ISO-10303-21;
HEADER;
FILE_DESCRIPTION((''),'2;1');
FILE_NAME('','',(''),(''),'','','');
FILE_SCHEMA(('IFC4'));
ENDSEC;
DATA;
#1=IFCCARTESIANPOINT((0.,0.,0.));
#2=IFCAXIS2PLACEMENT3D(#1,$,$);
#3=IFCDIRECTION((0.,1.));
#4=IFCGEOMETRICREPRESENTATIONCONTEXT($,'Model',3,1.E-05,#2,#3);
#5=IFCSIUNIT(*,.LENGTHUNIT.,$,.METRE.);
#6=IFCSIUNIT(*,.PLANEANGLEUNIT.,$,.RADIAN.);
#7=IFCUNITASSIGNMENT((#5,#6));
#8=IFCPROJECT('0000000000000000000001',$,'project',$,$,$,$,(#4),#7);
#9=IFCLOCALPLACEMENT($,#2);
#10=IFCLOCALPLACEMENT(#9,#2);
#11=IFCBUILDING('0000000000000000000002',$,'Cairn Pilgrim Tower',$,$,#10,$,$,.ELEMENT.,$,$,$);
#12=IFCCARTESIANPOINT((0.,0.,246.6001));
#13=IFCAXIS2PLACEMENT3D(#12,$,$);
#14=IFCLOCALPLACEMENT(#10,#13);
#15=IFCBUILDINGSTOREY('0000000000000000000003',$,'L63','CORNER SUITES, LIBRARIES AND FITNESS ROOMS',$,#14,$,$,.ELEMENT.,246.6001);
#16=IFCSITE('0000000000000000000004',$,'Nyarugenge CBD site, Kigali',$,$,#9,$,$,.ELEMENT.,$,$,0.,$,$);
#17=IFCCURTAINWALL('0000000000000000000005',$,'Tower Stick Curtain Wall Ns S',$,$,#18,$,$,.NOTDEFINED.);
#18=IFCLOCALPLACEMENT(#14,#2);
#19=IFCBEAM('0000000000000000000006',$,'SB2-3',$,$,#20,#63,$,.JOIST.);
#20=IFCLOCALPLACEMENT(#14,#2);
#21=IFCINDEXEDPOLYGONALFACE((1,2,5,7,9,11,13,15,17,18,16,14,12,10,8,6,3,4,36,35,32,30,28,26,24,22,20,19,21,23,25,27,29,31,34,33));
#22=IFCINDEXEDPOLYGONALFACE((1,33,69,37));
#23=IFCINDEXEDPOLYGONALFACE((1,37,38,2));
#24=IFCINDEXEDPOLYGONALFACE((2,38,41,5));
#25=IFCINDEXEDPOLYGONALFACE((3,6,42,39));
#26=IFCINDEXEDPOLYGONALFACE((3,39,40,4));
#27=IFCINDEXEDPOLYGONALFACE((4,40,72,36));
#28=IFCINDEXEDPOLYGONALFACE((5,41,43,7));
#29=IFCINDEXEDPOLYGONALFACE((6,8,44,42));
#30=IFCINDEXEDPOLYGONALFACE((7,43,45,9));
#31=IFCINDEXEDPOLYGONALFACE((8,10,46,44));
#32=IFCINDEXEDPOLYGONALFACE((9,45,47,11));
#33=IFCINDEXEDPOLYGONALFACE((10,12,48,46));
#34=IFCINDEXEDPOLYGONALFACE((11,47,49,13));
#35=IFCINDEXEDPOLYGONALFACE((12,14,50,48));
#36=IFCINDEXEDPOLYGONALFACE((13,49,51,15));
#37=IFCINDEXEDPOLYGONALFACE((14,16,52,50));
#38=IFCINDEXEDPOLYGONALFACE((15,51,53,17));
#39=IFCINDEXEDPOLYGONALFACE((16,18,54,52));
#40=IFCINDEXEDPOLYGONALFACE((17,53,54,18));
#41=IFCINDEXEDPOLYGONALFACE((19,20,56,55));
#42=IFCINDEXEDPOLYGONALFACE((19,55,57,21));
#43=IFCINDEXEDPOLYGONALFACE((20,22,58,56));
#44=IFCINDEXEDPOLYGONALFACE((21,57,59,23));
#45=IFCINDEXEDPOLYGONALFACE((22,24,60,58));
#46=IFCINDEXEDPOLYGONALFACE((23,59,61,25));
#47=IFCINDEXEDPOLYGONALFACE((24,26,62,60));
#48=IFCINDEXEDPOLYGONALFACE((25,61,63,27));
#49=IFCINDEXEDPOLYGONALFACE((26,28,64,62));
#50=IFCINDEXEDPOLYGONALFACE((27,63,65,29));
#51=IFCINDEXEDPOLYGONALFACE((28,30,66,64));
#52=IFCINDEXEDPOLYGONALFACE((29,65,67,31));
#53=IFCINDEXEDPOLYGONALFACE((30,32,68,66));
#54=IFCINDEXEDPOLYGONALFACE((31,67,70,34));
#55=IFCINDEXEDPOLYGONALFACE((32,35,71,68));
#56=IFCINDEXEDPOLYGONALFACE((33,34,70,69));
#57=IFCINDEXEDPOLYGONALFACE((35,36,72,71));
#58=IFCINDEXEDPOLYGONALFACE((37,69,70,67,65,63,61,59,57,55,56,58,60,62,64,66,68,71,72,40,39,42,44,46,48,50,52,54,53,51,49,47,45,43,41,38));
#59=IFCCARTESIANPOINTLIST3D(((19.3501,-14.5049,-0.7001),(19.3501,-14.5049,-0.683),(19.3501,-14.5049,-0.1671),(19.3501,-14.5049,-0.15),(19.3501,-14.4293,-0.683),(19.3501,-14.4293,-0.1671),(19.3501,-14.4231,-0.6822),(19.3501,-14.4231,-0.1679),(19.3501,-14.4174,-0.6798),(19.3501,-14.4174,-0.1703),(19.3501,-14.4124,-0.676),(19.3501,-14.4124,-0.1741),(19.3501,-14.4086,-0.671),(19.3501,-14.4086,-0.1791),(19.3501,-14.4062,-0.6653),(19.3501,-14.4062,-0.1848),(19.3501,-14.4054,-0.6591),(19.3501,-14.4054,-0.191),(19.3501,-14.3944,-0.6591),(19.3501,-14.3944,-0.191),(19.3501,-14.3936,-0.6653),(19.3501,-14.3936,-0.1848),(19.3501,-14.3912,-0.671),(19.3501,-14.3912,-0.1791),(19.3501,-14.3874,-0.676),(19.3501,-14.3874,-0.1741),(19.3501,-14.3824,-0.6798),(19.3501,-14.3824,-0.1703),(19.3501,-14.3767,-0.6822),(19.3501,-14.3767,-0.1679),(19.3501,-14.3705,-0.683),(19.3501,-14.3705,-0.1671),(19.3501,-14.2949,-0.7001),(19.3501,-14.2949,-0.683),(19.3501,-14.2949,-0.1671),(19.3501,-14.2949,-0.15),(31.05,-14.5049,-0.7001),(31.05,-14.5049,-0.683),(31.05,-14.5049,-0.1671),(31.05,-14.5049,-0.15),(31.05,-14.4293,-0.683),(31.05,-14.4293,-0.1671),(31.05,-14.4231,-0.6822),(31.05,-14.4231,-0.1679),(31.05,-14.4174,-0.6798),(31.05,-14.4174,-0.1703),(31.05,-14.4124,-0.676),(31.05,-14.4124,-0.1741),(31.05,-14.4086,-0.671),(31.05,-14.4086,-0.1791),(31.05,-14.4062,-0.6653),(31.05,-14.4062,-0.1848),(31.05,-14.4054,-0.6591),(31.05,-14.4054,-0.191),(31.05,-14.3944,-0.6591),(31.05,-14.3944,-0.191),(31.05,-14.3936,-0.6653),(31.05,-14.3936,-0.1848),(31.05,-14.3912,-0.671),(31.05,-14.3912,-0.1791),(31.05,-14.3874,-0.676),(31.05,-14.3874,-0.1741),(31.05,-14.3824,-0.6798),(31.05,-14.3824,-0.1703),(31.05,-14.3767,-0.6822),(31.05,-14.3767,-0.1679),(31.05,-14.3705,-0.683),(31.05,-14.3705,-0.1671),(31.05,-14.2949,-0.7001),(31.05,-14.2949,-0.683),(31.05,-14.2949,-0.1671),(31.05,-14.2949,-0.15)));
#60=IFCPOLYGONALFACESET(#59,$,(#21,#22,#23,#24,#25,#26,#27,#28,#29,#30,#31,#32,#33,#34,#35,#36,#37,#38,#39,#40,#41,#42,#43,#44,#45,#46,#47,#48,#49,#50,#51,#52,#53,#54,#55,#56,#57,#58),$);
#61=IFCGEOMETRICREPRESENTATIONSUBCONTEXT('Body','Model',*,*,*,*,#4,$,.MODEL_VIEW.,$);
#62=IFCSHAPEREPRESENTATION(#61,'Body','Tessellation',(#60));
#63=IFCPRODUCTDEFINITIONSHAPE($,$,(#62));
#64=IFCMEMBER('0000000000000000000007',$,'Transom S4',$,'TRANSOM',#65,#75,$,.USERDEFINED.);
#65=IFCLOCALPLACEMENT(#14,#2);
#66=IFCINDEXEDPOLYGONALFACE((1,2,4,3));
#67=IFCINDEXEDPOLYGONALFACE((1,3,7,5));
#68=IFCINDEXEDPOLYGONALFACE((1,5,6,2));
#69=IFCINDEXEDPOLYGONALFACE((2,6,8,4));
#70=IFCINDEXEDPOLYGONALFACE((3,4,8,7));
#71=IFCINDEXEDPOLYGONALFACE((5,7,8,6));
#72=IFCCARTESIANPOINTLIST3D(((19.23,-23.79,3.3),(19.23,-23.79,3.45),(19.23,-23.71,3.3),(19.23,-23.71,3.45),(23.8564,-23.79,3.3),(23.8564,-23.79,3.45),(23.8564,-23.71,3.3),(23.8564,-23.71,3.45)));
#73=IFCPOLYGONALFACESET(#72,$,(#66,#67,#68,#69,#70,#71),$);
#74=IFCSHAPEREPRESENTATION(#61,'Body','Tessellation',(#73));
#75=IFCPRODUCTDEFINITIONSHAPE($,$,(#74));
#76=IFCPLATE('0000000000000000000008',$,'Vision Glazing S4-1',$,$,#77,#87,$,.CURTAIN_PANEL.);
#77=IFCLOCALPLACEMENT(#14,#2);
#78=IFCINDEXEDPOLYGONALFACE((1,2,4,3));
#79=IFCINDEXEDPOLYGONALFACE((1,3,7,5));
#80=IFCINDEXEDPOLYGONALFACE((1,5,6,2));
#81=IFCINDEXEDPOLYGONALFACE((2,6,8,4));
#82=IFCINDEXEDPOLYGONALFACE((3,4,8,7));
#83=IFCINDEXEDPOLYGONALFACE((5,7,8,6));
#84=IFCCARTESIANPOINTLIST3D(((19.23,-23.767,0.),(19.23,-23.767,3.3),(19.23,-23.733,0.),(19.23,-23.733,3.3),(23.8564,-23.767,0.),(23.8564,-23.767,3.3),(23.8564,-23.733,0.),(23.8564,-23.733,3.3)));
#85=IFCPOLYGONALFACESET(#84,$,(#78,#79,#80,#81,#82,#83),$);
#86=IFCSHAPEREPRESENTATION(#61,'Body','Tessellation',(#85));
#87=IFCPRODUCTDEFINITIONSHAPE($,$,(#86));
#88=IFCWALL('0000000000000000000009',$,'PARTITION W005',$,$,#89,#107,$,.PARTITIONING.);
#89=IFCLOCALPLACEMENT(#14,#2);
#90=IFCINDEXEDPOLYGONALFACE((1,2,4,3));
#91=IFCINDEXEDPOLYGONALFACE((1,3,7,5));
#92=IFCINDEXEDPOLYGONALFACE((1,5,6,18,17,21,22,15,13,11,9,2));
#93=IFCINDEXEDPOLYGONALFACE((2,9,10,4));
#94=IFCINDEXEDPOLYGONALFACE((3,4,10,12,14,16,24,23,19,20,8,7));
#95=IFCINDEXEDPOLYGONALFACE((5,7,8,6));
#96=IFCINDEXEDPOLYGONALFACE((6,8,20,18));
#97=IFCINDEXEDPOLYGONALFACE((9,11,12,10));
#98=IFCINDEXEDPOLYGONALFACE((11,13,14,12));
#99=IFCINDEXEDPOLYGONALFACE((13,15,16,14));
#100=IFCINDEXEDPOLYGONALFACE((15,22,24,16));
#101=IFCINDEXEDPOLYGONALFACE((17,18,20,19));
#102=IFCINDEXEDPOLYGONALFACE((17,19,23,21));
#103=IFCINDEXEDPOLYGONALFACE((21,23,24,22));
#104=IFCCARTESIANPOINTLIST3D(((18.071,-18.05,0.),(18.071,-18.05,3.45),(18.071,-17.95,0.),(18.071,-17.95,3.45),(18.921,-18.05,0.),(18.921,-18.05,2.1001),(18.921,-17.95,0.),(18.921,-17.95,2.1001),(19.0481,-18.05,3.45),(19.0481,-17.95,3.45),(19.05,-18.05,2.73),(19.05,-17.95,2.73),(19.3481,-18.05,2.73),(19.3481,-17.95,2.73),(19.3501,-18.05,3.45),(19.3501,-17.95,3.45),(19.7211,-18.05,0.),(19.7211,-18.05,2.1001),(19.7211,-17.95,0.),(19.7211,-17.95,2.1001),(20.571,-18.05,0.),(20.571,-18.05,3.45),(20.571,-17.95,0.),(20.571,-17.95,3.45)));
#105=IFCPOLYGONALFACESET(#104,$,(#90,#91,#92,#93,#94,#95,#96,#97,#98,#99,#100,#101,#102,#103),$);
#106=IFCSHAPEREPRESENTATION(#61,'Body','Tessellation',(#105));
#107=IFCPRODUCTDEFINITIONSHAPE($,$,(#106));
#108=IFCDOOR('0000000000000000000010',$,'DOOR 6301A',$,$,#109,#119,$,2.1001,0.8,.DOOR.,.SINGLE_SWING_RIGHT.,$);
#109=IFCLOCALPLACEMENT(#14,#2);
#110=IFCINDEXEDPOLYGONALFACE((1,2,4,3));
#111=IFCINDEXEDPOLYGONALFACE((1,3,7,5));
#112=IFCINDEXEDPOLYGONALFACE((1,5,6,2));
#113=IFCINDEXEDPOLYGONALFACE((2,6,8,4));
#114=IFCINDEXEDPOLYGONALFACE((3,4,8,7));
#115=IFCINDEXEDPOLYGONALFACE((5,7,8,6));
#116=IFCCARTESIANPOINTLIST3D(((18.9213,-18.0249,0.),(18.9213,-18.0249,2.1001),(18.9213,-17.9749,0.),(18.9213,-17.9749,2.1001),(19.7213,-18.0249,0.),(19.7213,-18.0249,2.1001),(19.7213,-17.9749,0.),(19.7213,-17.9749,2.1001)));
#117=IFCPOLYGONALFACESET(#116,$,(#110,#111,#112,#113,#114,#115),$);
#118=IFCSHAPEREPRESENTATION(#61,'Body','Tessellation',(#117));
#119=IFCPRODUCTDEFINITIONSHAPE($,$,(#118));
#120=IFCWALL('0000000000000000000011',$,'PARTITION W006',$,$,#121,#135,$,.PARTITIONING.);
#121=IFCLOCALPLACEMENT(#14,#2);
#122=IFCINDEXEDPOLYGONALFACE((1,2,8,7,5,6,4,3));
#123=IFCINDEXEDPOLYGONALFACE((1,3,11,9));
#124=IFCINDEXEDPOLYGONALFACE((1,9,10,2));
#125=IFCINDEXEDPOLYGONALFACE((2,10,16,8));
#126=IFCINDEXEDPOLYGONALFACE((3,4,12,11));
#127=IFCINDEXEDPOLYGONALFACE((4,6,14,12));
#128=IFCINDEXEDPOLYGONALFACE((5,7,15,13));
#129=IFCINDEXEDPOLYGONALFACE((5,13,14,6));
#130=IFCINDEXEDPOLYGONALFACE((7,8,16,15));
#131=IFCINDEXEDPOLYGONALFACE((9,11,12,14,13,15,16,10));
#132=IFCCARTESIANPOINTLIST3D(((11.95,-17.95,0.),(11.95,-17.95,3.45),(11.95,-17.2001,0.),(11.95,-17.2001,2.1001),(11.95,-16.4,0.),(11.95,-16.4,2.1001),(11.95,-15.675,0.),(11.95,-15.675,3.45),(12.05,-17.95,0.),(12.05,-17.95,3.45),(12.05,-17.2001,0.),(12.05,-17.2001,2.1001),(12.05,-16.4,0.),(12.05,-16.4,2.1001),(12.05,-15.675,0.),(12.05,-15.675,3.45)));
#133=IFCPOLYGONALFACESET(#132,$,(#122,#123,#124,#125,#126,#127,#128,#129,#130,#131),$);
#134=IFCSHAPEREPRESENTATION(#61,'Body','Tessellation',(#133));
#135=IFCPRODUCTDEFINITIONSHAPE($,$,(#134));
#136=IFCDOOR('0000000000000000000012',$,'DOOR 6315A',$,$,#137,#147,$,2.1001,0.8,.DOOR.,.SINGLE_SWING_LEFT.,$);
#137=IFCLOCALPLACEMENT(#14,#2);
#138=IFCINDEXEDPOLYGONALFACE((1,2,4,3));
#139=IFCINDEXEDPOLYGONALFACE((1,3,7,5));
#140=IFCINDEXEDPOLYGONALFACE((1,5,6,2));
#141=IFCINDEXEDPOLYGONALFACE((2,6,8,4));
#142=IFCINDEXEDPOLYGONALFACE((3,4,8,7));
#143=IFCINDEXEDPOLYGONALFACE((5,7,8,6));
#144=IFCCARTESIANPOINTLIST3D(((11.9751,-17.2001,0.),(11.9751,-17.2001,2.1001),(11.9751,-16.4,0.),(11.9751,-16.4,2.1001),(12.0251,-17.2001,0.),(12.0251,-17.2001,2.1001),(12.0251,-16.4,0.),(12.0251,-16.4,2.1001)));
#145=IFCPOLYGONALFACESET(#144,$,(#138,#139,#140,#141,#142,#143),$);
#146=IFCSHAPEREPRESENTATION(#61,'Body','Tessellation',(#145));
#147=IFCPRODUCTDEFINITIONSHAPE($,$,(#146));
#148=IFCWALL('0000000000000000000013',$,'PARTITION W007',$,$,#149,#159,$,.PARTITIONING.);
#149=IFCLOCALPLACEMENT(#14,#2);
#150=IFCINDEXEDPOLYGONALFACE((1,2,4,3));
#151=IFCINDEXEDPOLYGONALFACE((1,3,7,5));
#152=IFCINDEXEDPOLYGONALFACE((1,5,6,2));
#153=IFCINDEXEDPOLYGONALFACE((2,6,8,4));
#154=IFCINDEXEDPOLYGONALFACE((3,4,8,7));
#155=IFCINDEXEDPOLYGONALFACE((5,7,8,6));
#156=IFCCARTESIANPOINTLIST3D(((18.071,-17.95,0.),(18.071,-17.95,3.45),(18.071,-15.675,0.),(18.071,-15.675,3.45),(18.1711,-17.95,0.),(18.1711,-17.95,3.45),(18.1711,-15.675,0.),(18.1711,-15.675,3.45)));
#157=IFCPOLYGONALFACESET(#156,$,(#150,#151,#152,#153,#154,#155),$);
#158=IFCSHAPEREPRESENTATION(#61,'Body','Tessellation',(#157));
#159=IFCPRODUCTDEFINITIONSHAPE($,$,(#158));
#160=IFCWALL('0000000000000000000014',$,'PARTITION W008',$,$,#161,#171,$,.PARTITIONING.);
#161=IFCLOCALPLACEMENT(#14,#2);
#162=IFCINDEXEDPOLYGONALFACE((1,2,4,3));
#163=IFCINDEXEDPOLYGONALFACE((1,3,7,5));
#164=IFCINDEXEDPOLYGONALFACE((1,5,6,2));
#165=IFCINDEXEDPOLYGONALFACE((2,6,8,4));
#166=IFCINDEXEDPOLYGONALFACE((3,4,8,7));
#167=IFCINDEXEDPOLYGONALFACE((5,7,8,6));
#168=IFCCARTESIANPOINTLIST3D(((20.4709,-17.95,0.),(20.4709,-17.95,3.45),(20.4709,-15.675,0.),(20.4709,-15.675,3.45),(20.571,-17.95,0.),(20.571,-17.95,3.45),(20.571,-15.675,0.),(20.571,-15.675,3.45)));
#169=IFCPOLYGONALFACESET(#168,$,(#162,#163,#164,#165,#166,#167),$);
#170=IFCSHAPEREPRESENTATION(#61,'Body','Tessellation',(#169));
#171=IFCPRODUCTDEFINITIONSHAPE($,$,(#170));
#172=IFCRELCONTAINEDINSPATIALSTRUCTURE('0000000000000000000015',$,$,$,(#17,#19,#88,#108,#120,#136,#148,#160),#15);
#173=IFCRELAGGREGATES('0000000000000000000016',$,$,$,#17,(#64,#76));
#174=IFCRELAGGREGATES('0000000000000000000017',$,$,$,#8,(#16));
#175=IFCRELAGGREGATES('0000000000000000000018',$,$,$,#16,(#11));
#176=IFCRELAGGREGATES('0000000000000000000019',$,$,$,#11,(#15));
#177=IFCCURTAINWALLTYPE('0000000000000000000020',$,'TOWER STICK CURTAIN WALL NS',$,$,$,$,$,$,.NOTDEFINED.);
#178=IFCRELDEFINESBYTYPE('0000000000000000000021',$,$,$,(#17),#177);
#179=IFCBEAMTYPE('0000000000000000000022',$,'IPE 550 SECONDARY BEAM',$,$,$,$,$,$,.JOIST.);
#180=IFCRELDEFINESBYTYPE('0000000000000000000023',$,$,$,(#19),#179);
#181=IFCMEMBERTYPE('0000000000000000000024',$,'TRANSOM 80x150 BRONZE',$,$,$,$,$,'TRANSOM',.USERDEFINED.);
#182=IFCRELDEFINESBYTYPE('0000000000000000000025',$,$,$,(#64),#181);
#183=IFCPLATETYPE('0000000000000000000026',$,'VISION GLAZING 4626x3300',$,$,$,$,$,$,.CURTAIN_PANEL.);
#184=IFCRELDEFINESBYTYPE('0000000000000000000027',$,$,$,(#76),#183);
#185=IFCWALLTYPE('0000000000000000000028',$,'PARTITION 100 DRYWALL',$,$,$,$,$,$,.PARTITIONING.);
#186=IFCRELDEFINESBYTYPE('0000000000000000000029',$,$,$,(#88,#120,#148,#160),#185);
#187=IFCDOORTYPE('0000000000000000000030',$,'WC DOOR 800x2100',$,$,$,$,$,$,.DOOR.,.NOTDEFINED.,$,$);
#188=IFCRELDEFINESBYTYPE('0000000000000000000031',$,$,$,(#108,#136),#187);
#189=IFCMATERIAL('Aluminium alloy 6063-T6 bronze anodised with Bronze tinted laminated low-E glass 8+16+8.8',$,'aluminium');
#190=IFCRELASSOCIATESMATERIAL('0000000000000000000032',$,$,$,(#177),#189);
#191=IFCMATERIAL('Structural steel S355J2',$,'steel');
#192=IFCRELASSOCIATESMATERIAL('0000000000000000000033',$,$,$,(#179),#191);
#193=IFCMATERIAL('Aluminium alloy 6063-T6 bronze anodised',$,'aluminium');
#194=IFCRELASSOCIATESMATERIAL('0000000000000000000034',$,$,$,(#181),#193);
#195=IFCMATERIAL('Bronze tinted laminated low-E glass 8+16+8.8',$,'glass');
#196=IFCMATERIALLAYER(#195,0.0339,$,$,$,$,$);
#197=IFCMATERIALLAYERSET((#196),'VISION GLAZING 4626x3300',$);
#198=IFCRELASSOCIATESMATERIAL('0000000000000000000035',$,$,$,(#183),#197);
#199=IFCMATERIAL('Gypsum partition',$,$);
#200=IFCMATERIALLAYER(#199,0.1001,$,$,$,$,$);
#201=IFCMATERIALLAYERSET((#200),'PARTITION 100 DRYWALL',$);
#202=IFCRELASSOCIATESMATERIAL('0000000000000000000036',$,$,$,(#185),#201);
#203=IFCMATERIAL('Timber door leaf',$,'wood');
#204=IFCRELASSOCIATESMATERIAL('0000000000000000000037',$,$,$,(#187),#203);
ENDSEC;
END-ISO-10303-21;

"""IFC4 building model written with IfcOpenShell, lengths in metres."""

from ifc_helpers import new_model, si_unit, direction, frame, frame_2d, origin, origin_2d, place, context, subcontext, project, spatial, polyline, rectangle, i_section, outline, extrude, material, layer, layer_set, material_profile, profile_set, type_object, element, fill, aggregate, save


model = new_model("IFC4")

# Units and contexts
model_context = context("Model", 3, precision=1e-05, world=origin(), true_north=direction((0.0, 1.0)))
body_context = subcontext(model_context, "Body", "Model", "MODEL_VIEW")
ifc_project = project(units=[si_unit("LENGTHUNIT", "METRE"), si_unit("PLANEANGLEUNIT", "RADIAN")], contexts=[model_context])

# Site, building, storey
site_placement = place(None, origin())
site = spatial("IfcSite", under=ifc_project, at=site_placement, Name="Nyarugenge CBD site, Kigali", CompositionType="ELEMENT", RefElevation=0.0)
building_placement = place(site_placement, origin())
building = spatial("IfcBuilding", under=site, at=building_placement, Name="Cairn Pilgrim Tower", CompositionType="ELEMENT")
storey_placement = place(building_placement, frame((0.0, 0.0, 246.6001)))
storey = spatial("IfcBuildingStorey", under=building, at=storey_placement, Name="L63", Description="CORNER SUITES, LIBRARIES AND FITNESS ROOMS", CompositionType="ELEMENT", Elevation=246.6001)

# Curtain wall
ifc_material_1 = material(Name="Aluminium alloy 6063-T6 bronze anodised with Bronze tinted laminated low-E glass 8+16+8.8", Category="aluminium")
curtain_wall_type_1 = type_object("IfcCurtainWallType", Name="TOWER STICK CURTAIN WALL NS", PredefinedType="NOTDEFINED", material=ifc_material_1)
curtain_wall_1_placement = place(storey_placement, origin())
curtain_wall_1 = element("IfcCurtainWall", 1, at=curtain_wall_1_placement, inside=storey, type_object=curtain_wall_type_1, Name="Tower Stick Curtain Wall Ns S", PredefinedType="NOTDEFINED")
ifc_material_2 = material(Name="Aluminium alloy 6063-T6 bronze anodised", Category="aluminium")

# Beam
ifc_material_3 = material(Name="Structural steel S355J2", Category="steel")
ifc_material_profile_1 = material_profile(ifc_material_3, i_section(OverallWidth=0.21, OverallDepth=0.55, WebThickness=0.011, FlangeThickness=0.0171, FilletRadius=0.0239, at=origin_2d()), Name="IPE 550")
ifc_profile_set_1 = profile_set([ifc_material_profile_1], Name="Structural steel S355J2")
beam_type_1 = type_object("IfcBeamType", Name="IPE 550 SECONDARY BEAM", PredefinedType="JOIST", material=ifc_profile_set_1)
beam_1_placement = place(storey_placement, frame((19.3501, -14.3999, -0.425), z_axis=(1.0, 0.0, 0.0), x_axis=(0.0, 1.0, 0.0)))
element("IfcBeam", 2, at=beam_1_placement, inside=storey, type_object=beam_type_1, Name="SB2-3", PredefinedType="JOIST", context=body_context, shape_type="SweptSolid", body=[
    extrude(i_section(OverallWidth=0.21, OverallDepth=0.55, WebThickness=0.011, FlangeThickness=0.0171, FilletRadius=0.0239, at=origin_2d()), origin(), (0.0, 0.0, 1.0), 11.7),
])

# Member
ifc_material_profile_2 = material_profile(ifc_material_2, rectangle(XDim=0.0801, YDim=0.1499, at=origin_2d()), Name="TRANSOM 80x150 BRONZE")
ifc_profile_set_2 = profile_set([ifc_material_profile_2], Name="Aluminium alloy 6063-T6 bronze anodised")
member_type_1 = type_object("IfcMemberType", Name="TRANSOM 80x150 BRONZE", ElementType="TRANSOM", PredefinedType="USERDEFINED", material=ifc_profile_set_2)
member_1_placement = place(storey_placement, frame((19.23, -23.75, 3.375), z_axis=(1.0, 0.0, 0.0), x_axis=(0.0, 1.0, 0.0)))
member_1 = element("IfcMember", 3, at=member_1_placement, type_object=member_type_1, Name="Transom S4", ObjectType="TRANSOM", PredefinedType="USERDEFINED", context=body_context, shape_type="SweptSolid", body=[
    extrude(rectangle(XDim=0.0801, YDim=0.1499, at=origin_2d()), origin(), (0.0, 0.0, 1.0), 4.6265),
])

# Plate
ifc_material_4 = material(Name="Bronze tinted laminated low-E glass 8+16+8.8", Category="glass")
ifc_layer_1 = layer(ifc_material_4, 0.0339)
ifc_layer_set_1 = layer_set([ifc_layer_1], Name="VISION GLAZING 4626x3300")
plate_type = type_object("IfcPlateType", Name="VISION GLAZING 4626x3300", PredefinedType="CURTAIN_PANEL", material=ifc_layer_set_1)
plate_placement = place(storey_placement, frame((21.5432, -23.75, 0.0), z_axis=(0.0, 0.0, 1.0), x_axis=(1.0, 0.0, 0.0)))
plate = element("IfcPlate", 4, at=plate_placement, type_object=plate_type, Name="Vision Glazing S4-1", PredefinedType="CURTAIN_PANEL", context=body_context, shape_type="SweptSolid", body=[
    extrude(rectangle(XDim=4.6265, YDim=0.0339, at=origin_2d()), origin(), (0.0, 0.0, 1.0), 3.3),
])
aggregate(curtain_wall_1, [member_1, plate])

# Walls, openings, doors
ifc_material_5 = material(Name="Gypsum partition")
ifc_layer_2 = layer(ifc_material_5, 0.1001)
ifc_layer_set_2 = layer_set([ifc_layer_2], Name="PARTITION 100 DRYWALL")
wall_type_1 = type_object("IfcWallType", Name="PARTITION 100 DRYWALL", PredefinedType="PARTITIONING", material=ifc_layer_set_2)
wall_1_placement = place(storey_placement, frame((18.071, -18.0, 0.0), z_axis=(0.0, 0.0, 1.0), x_axis=(1.0, 0.0, 0.0)))
wall_1 = element("IfcWall", 5, at=wall_1_placement, inside=storey, type_object=wall_type_1, Name="PARTITION W005", PredefinedType="PARTITIONING", context=body_context, shape_type="SweptSolid", body=[
    extrude(outline(polyline([(0.0, 0.0), (2.5, 0.0), (2.5, 3.45), (1.2791, 3.45), (1.2771, 2.73), (0.979, 2.73), (0.9771, 3.45), (0.0, 3.45), (0.0, 0.0)])), frame((0.0, 0.05, 0.0), z_axis=(0.0, -1.0, 0.0), x_axis=(1.0, 0.0, 0.0)), (0.0, 0.0, 1.0), 0.1001),
])
opening_1_placement = place(wall_1_placement, frame((0.8501, 0.0, 0.0)))
opening_1 = element("IfcOpeningElement", 6, at=opening_1_placement, cuts=wall_1, PredefinedType="OPENING", context=body_context, shape_type="SweptSolid", body=[
    extrude(rectangle(XDim=0.8, YDim=2.1001, at=frame_2d((0.3999, 1.05))), frame((0.0, 0.0601, 0.0), z_axis=(0.0, -1.0, 0.0), x_axis=(1.0, 0.0, 0.0)), (0.0, 0.0, 1.0), 0.1201),
])
ifc_material_6 = material(Name="Timber door leaf", Category="wood")
door_type_1 = type_object("IfcDoorType", Name="WC DOOR 800x2100", OperationType="NOTDEFINED", PredefinedType="DOOR", material=ifc_material_6)
door_1_placement = place(opening_1_placement, frame((0.8, 0.0, 0.0), z_axis=(0.0, 0.0, 1.0), x_axis=(-1.0, 0.0, 0.0)))
door_1 = element("IfcDoor", 7, at=door_1_placement, inside=storey, type_object=door_type_1, Name="DOOR 6301A", OperationType="SINGLE_SWING_RIGHT", OverallHeight=2.1001, OverallWidth=0.8, PredefinedType="DOOR", context=body_context, shape_type="SweptSolid", body=[
    extrude(rectangle(XDim=0.8, YDim=2.1001, at=frame_2d((0.3999, 1.05))), frame((0.0, 0.0249, 0.0), z_axis=(0.0, -1.0, 0.0), x_axis=(1.0, 0.0, 0.0)), (0.0, 0.0, 1.0), 0.05),
])
fill(opening_1, door_1)
wall_2_placement = place(storey_placement, frame((12.0, -17.95, 0.0), z_axis=(0.0, 0.0, 1.0), x_axis=(0.0, 1.0, 0.0)))
wall_2 = element("IfcWall", 8, at=wall_2_placement, inside=storey, type_object=wall_type_1, Name="PARTITION W006", PredefinedType="PARTITIONING", context=body_context, shape_type="SweptSolid", body=[
    extrude(rectangle(XDim=2.2749, YDim=0.1001, at=frame_2d((1.1375, 0.0))), origin(), (0.0, 0.0, 1.0), 3.45),
])
opening_2_placement = place(wall_2_placement, frame((0.75, 0.0, 0.0)))
opening_2 = element("IfcOpeningElement", 9, at=opening_2_placement, cuts=wall_2, PredefinedType="OPENING", context=body_context, shape_type="SweptSolid", body=[
    extrude(rectangle(XDim=0.8, YDim=2.1001, at=frame_2d((0.3999, 1.05))), frame((0.0, 0.0601, 0.0), z_axis=(0.0, -1.0, 0.0), x_axis=(1.0, 0.0, 0.0)), (0.0, 0.0, 1.0), 0.1201),
])
door_2_placement = place(opening_2_placement, origin())
door_2 = element("IfcDoor", 10, at=door_2_placement, inside=storey, type_object=door_type_1, Name="DOOR 6315A", OperationType="SINGLE_SWING_LEFT", OverallHeight=2.1001, OverallWidth=0.8, PredefinedType="DOOR", context=body_context, shape_type="SweptSolid", body=[
    extrude(rectangle(XDim=0.8, YDim=2.1001, at=frame_2d((0.3999, 1.05))), frame((0.0, 0.0249, 0.0), z_axis=(0.0, -1.0, 0.0), x_axis=(1.0, 0.0, 0.0)), (0.0, 0.0, 1.0), 0.05),
])
fill(opening_2, door_2)

# Walls
for number, where, z_axis, x_axis, name in (
    (11, (18.1211, -17.95, 0.0), (0.0, 0.0, 1.0), (0.0, 1.0, 0.0), "PARTITION W007"),
    (12, (20.521, -17.95, 0.0), (0.0, 0.0, 1.0), (0.0, 1.0, 0.0), "PARTITION W008"),
):
    element("IfcWall", number, at=place(storey_placement, frame(where, z_axis=z_axis, x_axis=x_axis)), inside=storey, type_object=wall_type_1, Name=name, PredefinedType="PARTITIONING", context=body_context, shape_type="SweptSolid", body=[
        extrude(rectangle(XDim=2.2749, YDim=0.1001, at=frame_2d((1.1375, 0.0))), origin(), (0.0, 0.0, 1.0), 3.45),
    ])

save(model, "model.ifc")
